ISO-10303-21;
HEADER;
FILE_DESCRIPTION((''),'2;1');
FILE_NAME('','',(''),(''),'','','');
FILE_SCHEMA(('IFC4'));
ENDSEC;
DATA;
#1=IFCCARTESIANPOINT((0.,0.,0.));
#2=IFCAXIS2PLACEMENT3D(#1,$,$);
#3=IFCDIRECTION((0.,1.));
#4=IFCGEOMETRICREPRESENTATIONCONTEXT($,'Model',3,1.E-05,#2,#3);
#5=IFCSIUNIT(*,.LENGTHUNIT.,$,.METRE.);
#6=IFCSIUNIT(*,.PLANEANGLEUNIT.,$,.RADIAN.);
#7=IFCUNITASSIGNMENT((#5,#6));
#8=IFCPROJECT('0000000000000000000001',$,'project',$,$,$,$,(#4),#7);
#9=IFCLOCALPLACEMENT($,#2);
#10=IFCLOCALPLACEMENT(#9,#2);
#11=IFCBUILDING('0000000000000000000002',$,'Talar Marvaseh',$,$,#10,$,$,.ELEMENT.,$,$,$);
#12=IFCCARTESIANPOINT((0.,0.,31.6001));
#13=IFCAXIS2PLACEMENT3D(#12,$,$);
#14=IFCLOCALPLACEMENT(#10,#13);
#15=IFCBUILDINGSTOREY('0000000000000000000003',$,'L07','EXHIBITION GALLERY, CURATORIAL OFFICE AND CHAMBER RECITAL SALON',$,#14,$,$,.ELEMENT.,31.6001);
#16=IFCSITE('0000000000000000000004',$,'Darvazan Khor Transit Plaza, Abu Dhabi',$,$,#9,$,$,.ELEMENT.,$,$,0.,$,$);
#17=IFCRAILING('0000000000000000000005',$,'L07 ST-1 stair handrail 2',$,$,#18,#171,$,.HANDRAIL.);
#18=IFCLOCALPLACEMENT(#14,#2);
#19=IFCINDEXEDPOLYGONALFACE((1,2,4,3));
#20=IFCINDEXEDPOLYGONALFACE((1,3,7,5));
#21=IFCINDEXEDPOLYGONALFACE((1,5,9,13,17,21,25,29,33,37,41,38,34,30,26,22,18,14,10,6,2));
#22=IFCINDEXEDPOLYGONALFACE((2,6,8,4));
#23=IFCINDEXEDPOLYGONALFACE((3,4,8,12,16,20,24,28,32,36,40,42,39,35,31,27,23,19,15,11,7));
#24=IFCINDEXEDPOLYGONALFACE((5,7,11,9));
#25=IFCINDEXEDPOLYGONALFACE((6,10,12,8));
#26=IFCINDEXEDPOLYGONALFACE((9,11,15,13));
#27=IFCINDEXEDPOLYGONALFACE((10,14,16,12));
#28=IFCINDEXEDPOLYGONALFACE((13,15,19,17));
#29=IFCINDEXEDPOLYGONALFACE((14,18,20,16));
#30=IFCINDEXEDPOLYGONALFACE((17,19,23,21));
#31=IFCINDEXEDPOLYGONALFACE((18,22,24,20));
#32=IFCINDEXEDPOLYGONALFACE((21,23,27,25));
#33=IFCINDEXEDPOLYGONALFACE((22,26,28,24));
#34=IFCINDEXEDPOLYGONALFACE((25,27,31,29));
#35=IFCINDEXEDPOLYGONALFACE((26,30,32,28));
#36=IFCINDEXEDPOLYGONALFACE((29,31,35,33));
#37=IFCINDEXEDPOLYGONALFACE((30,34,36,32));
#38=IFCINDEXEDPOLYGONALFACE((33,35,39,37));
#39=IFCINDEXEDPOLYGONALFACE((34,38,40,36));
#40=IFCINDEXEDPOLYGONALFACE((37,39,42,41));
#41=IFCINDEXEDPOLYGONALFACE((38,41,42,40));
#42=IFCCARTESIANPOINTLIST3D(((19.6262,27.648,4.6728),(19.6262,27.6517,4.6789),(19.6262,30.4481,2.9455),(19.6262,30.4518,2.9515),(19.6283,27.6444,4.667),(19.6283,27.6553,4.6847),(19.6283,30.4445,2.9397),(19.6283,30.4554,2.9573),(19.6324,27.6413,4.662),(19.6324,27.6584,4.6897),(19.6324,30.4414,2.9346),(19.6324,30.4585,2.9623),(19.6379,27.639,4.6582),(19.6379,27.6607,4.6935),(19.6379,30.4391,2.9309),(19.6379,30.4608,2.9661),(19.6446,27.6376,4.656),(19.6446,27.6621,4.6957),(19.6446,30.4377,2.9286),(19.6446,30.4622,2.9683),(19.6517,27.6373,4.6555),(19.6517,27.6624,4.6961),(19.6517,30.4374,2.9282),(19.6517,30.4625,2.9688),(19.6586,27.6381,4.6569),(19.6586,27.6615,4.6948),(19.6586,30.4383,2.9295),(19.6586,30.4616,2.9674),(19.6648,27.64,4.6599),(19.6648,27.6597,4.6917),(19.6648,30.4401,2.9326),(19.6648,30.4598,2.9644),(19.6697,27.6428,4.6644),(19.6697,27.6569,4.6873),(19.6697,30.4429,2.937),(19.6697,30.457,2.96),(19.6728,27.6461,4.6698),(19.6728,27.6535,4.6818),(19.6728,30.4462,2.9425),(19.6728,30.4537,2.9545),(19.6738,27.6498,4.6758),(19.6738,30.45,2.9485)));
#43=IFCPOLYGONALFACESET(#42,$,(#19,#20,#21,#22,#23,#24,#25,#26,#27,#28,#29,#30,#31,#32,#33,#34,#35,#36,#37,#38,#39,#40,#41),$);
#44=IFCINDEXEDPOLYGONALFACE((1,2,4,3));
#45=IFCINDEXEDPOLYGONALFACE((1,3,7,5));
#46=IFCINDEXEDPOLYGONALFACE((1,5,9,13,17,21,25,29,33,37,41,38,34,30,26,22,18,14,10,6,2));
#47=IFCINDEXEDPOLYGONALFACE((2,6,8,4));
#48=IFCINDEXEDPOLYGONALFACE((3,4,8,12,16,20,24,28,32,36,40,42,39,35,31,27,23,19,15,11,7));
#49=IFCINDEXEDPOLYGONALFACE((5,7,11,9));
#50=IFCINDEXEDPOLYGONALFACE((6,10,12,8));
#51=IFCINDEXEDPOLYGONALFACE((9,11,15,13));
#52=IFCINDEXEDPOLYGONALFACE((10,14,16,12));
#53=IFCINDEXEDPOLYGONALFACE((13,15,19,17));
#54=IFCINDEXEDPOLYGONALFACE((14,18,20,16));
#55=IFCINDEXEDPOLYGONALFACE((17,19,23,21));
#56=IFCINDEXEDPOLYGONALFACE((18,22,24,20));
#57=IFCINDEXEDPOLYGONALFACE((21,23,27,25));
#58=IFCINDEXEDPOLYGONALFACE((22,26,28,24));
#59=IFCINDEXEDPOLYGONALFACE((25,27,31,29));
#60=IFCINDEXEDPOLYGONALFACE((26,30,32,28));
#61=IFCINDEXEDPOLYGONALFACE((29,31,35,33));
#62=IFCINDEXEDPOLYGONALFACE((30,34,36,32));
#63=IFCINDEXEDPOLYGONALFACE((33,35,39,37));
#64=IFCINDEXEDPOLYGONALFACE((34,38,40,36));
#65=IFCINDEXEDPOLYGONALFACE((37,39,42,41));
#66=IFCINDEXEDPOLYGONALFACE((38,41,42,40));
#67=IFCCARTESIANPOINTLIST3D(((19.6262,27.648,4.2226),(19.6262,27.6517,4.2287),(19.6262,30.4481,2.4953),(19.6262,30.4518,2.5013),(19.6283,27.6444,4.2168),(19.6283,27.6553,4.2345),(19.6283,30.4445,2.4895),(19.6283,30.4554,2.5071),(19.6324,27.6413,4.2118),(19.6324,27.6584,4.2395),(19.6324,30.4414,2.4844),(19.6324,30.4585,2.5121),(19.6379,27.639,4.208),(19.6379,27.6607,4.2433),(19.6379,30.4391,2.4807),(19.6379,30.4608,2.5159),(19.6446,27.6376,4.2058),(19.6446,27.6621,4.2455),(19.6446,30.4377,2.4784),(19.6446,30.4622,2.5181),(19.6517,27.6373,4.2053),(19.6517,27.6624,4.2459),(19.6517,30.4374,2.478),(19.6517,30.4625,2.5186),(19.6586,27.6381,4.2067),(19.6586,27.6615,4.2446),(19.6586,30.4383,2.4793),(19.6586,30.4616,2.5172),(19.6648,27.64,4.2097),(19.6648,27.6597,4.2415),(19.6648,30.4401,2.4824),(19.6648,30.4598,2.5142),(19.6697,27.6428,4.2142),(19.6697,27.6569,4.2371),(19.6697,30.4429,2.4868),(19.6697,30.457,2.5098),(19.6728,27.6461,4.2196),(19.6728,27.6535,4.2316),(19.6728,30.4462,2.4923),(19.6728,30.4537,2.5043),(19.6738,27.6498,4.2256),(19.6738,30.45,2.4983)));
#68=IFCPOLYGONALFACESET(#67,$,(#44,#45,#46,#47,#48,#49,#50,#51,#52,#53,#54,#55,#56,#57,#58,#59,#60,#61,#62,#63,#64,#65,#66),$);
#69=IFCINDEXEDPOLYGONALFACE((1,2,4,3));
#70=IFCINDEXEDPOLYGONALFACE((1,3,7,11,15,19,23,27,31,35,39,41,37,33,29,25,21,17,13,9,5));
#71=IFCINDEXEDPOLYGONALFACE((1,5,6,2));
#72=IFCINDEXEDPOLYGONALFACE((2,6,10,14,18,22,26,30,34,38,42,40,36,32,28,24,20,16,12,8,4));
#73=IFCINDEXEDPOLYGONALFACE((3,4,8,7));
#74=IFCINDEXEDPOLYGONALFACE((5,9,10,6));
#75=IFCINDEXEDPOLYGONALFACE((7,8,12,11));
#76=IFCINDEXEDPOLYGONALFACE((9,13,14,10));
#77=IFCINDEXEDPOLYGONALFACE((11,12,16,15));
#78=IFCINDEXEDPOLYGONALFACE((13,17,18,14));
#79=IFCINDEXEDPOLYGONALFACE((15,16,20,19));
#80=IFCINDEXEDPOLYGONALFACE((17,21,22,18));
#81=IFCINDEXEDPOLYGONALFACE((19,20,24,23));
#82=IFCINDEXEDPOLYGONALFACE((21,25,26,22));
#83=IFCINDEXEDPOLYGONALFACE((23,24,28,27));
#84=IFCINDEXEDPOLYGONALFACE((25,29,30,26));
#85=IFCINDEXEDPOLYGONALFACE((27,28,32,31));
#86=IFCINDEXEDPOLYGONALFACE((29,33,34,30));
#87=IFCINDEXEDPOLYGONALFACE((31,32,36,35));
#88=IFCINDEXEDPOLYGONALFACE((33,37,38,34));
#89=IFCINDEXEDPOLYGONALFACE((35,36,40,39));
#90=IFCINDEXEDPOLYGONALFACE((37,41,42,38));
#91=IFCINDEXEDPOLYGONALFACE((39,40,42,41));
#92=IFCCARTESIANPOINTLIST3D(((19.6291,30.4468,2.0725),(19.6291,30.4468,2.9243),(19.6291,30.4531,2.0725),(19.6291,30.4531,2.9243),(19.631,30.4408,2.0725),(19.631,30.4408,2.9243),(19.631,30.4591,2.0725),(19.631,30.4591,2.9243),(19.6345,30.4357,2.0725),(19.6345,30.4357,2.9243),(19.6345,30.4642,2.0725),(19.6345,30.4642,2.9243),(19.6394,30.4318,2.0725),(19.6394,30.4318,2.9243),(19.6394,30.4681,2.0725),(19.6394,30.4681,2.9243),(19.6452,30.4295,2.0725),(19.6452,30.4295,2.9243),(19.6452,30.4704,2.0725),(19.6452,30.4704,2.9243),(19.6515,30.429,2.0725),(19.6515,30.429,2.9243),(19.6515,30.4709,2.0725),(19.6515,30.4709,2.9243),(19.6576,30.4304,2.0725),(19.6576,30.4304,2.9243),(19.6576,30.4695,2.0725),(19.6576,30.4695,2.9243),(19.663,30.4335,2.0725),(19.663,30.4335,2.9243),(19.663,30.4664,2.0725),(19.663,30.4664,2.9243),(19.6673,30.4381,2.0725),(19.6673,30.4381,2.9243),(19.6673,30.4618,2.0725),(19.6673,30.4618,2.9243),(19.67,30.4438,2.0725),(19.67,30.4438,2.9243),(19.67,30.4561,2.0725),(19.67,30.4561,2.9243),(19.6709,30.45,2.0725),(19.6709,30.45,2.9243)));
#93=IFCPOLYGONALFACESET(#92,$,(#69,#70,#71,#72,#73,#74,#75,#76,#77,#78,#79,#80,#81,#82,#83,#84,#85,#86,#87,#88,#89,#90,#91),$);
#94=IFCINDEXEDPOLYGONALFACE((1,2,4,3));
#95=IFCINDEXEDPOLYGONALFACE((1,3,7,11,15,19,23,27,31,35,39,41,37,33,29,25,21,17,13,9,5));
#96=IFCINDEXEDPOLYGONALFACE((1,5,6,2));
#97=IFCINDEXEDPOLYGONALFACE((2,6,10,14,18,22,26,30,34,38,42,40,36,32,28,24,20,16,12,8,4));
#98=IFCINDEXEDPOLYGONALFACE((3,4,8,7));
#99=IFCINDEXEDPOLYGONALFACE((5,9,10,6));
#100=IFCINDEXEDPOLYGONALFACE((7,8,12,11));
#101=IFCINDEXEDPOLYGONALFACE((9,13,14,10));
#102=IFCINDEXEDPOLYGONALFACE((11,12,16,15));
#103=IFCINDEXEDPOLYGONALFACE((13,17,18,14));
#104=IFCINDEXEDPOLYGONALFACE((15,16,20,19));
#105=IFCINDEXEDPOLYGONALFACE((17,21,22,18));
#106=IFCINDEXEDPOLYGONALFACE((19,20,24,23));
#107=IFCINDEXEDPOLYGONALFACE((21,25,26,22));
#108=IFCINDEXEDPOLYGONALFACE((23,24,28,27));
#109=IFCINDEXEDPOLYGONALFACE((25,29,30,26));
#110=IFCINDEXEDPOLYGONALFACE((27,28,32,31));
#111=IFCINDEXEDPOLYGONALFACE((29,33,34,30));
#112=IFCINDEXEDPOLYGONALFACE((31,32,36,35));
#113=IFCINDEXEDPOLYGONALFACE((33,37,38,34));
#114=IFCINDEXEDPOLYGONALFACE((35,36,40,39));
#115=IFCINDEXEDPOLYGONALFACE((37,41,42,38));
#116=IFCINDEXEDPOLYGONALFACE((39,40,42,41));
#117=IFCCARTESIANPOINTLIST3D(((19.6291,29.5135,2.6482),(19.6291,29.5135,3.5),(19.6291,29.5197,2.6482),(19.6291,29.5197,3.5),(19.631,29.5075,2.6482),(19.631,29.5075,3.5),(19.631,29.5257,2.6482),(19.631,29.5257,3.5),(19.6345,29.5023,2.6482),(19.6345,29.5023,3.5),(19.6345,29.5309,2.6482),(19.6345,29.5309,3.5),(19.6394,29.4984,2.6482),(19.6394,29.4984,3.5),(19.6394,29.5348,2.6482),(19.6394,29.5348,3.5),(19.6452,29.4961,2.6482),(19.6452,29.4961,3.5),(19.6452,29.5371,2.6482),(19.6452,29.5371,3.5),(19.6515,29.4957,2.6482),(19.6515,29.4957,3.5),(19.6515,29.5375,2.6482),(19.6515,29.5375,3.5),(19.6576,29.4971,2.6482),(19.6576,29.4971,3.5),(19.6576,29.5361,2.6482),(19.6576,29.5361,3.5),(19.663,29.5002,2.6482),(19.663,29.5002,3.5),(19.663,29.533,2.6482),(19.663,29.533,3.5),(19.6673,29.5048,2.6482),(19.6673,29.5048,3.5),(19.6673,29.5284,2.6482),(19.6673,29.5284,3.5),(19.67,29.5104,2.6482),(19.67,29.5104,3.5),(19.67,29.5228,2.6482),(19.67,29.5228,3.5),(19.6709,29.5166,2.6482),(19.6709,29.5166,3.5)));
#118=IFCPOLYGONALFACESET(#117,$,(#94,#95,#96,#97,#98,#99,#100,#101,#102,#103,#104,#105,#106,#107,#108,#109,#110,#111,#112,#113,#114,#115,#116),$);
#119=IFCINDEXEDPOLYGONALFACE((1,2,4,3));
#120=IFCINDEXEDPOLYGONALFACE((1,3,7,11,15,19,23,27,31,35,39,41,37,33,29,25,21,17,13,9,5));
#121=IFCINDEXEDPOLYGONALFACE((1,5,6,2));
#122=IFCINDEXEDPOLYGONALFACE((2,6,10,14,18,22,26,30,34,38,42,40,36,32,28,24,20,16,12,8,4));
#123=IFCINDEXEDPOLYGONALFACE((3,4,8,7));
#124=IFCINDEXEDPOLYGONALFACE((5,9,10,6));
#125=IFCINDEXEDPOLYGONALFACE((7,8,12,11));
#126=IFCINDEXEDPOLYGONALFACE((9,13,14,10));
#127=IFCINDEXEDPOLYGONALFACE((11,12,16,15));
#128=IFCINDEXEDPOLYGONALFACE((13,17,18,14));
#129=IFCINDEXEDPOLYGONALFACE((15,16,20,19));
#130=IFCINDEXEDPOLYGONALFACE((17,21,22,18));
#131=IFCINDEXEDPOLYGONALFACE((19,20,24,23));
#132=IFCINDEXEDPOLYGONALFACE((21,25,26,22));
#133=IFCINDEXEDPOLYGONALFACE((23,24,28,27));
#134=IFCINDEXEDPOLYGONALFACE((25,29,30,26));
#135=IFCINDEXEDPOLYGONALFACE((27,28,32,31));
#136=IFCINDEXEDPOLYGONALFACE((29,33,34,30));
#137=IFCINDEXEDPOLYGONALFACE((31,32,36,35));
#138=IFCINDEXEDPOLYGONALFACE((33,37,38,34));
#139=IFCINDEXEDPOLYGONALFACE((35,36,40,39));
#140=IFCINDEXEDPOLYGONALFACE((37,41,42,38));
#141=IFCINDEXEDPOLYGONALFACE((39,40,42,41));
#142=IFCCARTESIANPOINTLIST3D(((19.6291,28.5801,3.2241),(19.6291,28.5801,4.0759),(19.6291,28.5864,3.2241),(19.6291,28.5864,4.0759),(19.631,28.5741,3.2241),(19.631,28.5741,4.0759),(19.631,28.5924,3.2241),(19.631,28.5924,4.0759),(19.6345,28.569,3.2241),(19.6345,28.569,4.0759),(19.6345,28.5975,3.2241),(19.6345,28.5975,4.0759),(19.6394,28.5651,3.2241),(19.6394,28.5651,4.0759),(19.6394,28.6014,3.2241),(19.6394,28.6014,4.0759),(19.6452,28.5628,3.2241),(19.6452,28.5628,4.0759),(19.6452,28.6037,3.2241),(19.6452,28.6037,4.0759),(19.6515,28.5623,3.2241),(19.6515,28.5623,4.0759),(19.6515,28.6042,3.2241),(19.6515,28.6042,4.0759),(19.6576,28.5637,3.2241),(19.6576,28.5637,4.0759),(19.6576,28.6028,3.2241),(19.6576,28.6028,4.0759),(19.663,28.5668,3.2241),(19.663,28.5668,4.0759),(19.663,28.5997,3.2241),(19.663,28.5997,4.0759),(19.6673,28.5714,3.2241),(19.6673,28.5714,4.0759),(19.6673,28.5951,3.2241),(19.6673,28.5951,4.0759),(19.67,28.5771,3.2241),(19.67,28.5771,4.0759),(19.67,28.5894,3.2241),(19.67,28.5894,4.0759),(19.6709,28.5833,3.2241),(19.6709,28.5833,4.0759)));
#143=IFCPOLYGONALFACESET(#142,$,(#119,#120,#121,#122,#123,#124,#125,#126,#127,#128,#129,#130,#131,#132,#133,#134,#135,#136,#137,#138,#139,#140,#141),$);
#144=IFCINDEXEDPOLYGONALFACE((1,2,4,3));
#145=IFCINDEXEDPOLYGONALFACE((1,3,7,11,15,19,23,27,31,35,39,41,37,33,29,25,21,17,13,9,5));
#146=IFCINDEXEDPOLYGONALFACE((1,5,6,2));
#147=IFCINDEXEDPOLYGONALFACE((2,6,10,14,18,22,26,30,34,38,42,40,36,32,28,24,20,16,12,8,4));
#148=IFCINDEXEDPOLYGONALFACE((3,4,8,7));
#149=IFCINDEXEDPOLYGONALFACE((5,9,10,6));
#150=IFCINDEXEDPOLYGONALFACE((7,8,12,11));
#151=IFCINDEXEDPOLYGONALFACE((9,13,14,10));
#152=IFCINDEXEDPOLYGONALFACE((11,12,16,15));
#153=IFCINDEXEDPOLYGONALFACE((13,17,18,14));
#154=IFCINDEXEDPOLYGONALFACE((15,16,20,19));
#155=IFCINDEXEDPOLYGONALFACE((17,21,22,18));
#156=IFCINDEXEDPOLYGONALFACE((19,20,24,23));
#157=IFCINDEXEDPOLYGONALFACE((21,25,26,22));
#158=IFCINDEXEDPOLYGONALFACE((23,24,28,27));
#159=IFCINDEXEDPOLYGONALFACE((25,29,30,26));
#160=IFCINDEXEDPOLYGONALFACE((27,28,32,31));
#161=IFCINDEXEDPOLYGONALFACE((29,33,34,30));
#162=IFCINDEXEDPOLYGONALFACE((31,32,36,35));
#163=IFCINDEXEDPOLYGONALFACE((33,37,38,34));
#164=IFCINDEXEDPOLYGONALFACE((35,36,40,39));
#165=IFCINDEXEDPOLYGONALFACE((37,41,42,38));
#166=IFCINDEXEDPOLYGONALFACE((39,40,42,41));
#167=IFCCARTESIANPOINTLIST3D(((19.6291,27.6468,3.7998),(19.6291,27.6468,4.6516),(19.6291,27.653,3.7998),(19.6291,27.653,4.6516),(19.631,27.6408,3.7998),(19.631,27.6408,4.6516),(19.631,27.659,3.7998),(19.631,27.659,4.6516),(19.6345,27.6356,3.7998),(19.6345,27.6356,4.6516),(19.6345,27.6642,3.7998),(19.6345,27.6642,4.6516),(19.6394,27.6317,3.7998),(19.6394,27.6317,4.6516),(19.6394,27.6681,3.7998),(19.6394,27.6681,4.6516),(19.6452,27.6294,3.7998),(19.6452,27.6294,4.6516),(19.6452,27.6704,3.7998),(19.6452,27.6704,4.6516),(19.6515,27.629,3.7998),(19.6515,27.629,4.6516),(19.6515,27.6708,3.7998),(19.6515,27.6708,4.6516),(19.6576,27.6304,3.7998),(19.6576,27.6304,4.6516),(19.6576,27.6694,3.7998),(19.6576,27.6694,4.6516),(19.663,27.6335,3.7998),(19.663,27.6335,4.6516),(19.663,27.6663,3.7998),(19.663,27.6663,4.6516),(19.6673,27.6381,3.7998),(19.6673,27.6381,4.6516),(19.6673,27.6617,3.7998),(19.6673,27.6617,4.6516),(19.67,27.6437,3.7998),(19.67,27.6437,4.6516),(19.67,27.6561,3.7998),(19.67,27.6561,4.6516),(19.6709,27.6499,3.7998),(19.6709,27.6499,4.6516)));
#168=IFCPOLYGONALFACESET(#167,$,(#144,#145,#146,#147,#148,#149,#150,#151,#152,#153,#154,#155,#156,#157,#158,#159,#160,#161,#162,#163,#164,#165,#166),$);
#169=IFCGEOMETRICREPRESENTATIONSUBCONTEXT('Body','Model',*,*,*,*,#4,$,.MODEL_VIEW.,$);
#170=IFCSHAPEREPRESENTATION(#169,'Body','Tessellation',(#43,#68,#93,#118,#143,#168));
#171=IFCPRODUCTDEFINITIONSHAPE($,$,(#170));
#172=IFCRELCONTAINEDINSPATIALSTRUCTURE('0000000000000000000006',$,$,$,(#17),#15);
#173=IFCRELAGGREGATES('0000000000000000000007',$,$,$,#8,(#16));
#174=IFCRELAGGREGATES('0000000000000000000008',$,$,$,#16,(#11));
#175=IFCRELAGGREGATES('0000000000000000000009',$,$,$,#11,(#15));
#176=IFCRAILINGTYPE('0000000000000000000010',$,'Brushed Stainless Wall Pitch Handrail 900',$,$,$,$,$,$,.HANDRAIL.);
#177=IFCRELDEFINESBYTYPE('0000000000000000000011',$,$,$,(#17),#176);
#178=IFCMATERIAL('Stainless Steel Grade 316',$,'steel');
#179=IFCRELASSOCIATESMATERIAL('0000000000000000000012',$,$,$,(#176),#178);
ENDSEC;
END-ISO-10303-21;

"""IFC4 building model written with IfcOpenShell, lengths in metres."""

from ifc_helpers import new_model, si_unit, direction, frame, origin, origin_2d, place, context, subcontext, project, spatial, circle, extrude, material, type_object, element, save


model = new_model("IFC4")

# Units and contexts
model_context = context("Model", 3, precision=1e-05, world=origin(), true_north=direction((0.0, 1.0)))
body_context = subcontext(model_context, "Body", "Model", "MODEL_VIEW")
ifc_project = project(units=[si_unit("LENGTHUNIT", "METRE"), si_unit("PLANEANGLEUNIT", "RADIAN")], contexts=[model_context])

# Site, building, storey
site_placement = place(None, origin())
site = spatial("IfcSite", under=ifc_project, at=site_placement, Name="Darvazan Khor Transit Plaza, Abu Dhabi", CompositionType="ELEMENT", RefElevation=0.0)
building_placement = place(site_placement, origin())
building = spatial("IfcBuilding", under=site, at=building_placement, Name="Talar Marvaseh", CompositionType="ELEMENT")
storey_placement = place(building_placement, frame((0.0, 0.0, 31.6001)))
storey = spatial("IfcBuildingStorey", under=building, at=storey_placement, Name="L07", Description="EXHIBITION GALLERY, CURATORIAL OFFICE AND CHAMBER RECITAL SALON", CompositionType="ELEMENT", Elevation=31.6001)

# Railing
ifc_material_1 = material(Name="Stainless Steel Grade 316", Category="steel")
railing_type_1 = type_object("IfcRailingType", Name="Brushed Stainless Wall Pitch Handrail 900", PredefinedType="HANDRAIL", material=ifc_material_1)
railing_1_placement = place(storey_placement, frame((19.6499, 30.45, 2.0725)))
element("IfcRailing", 1, at=railing_1_placement, inside=storey, type_object=railing_type_1, Name="L07 ST-1 stair handrail 2", PredefinedType="HANDRAIL", context=body_context, shape_type="SweptSolid", body=[
    extrude(circle(Radius=0.0239, at=origin_2d()), frame((0.0, 0.0, 0.876), z_axis=(0.0, -0.85109, 0.52502), x_axis=(1.0, 0.0, 0.0)), (0.0, 0.0, 1.0), 3.29),
    extrude(circle(Radius=0.0239, at=origin_2d()), frame((0.0, 0.0, 0.4258), z_axis=(0.0, -0.85109, 0.52502), x_axis=(1.0, 0.0, 0.0)), (0.0, 0.0, 1.0), 3.29),
    extrude(circle(Radius=0.021, at=origin_2d()), origin(), (0.0, 0.0, 1.0), 0.8518),
    extrude(circle(Radius=0.021, at=origin_2d()), frame((0.0, -0.9333, 0.5757)), (0.0, 0.0, 1.0), 0.8518),
    extrude(circle(Radius=0.021, at=origin_2d()), frame((0.0, -1.8667, 1.1516)), (0.0, 0.0, 1.0), 0.8518),
    extrude(circle(Radius=0.021, at=origin_2d()), frame((0.0, -2.8, 1.7273)), (0.0, 0.0, 1.0), 0.8518),
])

save(model, "model.ifc")
